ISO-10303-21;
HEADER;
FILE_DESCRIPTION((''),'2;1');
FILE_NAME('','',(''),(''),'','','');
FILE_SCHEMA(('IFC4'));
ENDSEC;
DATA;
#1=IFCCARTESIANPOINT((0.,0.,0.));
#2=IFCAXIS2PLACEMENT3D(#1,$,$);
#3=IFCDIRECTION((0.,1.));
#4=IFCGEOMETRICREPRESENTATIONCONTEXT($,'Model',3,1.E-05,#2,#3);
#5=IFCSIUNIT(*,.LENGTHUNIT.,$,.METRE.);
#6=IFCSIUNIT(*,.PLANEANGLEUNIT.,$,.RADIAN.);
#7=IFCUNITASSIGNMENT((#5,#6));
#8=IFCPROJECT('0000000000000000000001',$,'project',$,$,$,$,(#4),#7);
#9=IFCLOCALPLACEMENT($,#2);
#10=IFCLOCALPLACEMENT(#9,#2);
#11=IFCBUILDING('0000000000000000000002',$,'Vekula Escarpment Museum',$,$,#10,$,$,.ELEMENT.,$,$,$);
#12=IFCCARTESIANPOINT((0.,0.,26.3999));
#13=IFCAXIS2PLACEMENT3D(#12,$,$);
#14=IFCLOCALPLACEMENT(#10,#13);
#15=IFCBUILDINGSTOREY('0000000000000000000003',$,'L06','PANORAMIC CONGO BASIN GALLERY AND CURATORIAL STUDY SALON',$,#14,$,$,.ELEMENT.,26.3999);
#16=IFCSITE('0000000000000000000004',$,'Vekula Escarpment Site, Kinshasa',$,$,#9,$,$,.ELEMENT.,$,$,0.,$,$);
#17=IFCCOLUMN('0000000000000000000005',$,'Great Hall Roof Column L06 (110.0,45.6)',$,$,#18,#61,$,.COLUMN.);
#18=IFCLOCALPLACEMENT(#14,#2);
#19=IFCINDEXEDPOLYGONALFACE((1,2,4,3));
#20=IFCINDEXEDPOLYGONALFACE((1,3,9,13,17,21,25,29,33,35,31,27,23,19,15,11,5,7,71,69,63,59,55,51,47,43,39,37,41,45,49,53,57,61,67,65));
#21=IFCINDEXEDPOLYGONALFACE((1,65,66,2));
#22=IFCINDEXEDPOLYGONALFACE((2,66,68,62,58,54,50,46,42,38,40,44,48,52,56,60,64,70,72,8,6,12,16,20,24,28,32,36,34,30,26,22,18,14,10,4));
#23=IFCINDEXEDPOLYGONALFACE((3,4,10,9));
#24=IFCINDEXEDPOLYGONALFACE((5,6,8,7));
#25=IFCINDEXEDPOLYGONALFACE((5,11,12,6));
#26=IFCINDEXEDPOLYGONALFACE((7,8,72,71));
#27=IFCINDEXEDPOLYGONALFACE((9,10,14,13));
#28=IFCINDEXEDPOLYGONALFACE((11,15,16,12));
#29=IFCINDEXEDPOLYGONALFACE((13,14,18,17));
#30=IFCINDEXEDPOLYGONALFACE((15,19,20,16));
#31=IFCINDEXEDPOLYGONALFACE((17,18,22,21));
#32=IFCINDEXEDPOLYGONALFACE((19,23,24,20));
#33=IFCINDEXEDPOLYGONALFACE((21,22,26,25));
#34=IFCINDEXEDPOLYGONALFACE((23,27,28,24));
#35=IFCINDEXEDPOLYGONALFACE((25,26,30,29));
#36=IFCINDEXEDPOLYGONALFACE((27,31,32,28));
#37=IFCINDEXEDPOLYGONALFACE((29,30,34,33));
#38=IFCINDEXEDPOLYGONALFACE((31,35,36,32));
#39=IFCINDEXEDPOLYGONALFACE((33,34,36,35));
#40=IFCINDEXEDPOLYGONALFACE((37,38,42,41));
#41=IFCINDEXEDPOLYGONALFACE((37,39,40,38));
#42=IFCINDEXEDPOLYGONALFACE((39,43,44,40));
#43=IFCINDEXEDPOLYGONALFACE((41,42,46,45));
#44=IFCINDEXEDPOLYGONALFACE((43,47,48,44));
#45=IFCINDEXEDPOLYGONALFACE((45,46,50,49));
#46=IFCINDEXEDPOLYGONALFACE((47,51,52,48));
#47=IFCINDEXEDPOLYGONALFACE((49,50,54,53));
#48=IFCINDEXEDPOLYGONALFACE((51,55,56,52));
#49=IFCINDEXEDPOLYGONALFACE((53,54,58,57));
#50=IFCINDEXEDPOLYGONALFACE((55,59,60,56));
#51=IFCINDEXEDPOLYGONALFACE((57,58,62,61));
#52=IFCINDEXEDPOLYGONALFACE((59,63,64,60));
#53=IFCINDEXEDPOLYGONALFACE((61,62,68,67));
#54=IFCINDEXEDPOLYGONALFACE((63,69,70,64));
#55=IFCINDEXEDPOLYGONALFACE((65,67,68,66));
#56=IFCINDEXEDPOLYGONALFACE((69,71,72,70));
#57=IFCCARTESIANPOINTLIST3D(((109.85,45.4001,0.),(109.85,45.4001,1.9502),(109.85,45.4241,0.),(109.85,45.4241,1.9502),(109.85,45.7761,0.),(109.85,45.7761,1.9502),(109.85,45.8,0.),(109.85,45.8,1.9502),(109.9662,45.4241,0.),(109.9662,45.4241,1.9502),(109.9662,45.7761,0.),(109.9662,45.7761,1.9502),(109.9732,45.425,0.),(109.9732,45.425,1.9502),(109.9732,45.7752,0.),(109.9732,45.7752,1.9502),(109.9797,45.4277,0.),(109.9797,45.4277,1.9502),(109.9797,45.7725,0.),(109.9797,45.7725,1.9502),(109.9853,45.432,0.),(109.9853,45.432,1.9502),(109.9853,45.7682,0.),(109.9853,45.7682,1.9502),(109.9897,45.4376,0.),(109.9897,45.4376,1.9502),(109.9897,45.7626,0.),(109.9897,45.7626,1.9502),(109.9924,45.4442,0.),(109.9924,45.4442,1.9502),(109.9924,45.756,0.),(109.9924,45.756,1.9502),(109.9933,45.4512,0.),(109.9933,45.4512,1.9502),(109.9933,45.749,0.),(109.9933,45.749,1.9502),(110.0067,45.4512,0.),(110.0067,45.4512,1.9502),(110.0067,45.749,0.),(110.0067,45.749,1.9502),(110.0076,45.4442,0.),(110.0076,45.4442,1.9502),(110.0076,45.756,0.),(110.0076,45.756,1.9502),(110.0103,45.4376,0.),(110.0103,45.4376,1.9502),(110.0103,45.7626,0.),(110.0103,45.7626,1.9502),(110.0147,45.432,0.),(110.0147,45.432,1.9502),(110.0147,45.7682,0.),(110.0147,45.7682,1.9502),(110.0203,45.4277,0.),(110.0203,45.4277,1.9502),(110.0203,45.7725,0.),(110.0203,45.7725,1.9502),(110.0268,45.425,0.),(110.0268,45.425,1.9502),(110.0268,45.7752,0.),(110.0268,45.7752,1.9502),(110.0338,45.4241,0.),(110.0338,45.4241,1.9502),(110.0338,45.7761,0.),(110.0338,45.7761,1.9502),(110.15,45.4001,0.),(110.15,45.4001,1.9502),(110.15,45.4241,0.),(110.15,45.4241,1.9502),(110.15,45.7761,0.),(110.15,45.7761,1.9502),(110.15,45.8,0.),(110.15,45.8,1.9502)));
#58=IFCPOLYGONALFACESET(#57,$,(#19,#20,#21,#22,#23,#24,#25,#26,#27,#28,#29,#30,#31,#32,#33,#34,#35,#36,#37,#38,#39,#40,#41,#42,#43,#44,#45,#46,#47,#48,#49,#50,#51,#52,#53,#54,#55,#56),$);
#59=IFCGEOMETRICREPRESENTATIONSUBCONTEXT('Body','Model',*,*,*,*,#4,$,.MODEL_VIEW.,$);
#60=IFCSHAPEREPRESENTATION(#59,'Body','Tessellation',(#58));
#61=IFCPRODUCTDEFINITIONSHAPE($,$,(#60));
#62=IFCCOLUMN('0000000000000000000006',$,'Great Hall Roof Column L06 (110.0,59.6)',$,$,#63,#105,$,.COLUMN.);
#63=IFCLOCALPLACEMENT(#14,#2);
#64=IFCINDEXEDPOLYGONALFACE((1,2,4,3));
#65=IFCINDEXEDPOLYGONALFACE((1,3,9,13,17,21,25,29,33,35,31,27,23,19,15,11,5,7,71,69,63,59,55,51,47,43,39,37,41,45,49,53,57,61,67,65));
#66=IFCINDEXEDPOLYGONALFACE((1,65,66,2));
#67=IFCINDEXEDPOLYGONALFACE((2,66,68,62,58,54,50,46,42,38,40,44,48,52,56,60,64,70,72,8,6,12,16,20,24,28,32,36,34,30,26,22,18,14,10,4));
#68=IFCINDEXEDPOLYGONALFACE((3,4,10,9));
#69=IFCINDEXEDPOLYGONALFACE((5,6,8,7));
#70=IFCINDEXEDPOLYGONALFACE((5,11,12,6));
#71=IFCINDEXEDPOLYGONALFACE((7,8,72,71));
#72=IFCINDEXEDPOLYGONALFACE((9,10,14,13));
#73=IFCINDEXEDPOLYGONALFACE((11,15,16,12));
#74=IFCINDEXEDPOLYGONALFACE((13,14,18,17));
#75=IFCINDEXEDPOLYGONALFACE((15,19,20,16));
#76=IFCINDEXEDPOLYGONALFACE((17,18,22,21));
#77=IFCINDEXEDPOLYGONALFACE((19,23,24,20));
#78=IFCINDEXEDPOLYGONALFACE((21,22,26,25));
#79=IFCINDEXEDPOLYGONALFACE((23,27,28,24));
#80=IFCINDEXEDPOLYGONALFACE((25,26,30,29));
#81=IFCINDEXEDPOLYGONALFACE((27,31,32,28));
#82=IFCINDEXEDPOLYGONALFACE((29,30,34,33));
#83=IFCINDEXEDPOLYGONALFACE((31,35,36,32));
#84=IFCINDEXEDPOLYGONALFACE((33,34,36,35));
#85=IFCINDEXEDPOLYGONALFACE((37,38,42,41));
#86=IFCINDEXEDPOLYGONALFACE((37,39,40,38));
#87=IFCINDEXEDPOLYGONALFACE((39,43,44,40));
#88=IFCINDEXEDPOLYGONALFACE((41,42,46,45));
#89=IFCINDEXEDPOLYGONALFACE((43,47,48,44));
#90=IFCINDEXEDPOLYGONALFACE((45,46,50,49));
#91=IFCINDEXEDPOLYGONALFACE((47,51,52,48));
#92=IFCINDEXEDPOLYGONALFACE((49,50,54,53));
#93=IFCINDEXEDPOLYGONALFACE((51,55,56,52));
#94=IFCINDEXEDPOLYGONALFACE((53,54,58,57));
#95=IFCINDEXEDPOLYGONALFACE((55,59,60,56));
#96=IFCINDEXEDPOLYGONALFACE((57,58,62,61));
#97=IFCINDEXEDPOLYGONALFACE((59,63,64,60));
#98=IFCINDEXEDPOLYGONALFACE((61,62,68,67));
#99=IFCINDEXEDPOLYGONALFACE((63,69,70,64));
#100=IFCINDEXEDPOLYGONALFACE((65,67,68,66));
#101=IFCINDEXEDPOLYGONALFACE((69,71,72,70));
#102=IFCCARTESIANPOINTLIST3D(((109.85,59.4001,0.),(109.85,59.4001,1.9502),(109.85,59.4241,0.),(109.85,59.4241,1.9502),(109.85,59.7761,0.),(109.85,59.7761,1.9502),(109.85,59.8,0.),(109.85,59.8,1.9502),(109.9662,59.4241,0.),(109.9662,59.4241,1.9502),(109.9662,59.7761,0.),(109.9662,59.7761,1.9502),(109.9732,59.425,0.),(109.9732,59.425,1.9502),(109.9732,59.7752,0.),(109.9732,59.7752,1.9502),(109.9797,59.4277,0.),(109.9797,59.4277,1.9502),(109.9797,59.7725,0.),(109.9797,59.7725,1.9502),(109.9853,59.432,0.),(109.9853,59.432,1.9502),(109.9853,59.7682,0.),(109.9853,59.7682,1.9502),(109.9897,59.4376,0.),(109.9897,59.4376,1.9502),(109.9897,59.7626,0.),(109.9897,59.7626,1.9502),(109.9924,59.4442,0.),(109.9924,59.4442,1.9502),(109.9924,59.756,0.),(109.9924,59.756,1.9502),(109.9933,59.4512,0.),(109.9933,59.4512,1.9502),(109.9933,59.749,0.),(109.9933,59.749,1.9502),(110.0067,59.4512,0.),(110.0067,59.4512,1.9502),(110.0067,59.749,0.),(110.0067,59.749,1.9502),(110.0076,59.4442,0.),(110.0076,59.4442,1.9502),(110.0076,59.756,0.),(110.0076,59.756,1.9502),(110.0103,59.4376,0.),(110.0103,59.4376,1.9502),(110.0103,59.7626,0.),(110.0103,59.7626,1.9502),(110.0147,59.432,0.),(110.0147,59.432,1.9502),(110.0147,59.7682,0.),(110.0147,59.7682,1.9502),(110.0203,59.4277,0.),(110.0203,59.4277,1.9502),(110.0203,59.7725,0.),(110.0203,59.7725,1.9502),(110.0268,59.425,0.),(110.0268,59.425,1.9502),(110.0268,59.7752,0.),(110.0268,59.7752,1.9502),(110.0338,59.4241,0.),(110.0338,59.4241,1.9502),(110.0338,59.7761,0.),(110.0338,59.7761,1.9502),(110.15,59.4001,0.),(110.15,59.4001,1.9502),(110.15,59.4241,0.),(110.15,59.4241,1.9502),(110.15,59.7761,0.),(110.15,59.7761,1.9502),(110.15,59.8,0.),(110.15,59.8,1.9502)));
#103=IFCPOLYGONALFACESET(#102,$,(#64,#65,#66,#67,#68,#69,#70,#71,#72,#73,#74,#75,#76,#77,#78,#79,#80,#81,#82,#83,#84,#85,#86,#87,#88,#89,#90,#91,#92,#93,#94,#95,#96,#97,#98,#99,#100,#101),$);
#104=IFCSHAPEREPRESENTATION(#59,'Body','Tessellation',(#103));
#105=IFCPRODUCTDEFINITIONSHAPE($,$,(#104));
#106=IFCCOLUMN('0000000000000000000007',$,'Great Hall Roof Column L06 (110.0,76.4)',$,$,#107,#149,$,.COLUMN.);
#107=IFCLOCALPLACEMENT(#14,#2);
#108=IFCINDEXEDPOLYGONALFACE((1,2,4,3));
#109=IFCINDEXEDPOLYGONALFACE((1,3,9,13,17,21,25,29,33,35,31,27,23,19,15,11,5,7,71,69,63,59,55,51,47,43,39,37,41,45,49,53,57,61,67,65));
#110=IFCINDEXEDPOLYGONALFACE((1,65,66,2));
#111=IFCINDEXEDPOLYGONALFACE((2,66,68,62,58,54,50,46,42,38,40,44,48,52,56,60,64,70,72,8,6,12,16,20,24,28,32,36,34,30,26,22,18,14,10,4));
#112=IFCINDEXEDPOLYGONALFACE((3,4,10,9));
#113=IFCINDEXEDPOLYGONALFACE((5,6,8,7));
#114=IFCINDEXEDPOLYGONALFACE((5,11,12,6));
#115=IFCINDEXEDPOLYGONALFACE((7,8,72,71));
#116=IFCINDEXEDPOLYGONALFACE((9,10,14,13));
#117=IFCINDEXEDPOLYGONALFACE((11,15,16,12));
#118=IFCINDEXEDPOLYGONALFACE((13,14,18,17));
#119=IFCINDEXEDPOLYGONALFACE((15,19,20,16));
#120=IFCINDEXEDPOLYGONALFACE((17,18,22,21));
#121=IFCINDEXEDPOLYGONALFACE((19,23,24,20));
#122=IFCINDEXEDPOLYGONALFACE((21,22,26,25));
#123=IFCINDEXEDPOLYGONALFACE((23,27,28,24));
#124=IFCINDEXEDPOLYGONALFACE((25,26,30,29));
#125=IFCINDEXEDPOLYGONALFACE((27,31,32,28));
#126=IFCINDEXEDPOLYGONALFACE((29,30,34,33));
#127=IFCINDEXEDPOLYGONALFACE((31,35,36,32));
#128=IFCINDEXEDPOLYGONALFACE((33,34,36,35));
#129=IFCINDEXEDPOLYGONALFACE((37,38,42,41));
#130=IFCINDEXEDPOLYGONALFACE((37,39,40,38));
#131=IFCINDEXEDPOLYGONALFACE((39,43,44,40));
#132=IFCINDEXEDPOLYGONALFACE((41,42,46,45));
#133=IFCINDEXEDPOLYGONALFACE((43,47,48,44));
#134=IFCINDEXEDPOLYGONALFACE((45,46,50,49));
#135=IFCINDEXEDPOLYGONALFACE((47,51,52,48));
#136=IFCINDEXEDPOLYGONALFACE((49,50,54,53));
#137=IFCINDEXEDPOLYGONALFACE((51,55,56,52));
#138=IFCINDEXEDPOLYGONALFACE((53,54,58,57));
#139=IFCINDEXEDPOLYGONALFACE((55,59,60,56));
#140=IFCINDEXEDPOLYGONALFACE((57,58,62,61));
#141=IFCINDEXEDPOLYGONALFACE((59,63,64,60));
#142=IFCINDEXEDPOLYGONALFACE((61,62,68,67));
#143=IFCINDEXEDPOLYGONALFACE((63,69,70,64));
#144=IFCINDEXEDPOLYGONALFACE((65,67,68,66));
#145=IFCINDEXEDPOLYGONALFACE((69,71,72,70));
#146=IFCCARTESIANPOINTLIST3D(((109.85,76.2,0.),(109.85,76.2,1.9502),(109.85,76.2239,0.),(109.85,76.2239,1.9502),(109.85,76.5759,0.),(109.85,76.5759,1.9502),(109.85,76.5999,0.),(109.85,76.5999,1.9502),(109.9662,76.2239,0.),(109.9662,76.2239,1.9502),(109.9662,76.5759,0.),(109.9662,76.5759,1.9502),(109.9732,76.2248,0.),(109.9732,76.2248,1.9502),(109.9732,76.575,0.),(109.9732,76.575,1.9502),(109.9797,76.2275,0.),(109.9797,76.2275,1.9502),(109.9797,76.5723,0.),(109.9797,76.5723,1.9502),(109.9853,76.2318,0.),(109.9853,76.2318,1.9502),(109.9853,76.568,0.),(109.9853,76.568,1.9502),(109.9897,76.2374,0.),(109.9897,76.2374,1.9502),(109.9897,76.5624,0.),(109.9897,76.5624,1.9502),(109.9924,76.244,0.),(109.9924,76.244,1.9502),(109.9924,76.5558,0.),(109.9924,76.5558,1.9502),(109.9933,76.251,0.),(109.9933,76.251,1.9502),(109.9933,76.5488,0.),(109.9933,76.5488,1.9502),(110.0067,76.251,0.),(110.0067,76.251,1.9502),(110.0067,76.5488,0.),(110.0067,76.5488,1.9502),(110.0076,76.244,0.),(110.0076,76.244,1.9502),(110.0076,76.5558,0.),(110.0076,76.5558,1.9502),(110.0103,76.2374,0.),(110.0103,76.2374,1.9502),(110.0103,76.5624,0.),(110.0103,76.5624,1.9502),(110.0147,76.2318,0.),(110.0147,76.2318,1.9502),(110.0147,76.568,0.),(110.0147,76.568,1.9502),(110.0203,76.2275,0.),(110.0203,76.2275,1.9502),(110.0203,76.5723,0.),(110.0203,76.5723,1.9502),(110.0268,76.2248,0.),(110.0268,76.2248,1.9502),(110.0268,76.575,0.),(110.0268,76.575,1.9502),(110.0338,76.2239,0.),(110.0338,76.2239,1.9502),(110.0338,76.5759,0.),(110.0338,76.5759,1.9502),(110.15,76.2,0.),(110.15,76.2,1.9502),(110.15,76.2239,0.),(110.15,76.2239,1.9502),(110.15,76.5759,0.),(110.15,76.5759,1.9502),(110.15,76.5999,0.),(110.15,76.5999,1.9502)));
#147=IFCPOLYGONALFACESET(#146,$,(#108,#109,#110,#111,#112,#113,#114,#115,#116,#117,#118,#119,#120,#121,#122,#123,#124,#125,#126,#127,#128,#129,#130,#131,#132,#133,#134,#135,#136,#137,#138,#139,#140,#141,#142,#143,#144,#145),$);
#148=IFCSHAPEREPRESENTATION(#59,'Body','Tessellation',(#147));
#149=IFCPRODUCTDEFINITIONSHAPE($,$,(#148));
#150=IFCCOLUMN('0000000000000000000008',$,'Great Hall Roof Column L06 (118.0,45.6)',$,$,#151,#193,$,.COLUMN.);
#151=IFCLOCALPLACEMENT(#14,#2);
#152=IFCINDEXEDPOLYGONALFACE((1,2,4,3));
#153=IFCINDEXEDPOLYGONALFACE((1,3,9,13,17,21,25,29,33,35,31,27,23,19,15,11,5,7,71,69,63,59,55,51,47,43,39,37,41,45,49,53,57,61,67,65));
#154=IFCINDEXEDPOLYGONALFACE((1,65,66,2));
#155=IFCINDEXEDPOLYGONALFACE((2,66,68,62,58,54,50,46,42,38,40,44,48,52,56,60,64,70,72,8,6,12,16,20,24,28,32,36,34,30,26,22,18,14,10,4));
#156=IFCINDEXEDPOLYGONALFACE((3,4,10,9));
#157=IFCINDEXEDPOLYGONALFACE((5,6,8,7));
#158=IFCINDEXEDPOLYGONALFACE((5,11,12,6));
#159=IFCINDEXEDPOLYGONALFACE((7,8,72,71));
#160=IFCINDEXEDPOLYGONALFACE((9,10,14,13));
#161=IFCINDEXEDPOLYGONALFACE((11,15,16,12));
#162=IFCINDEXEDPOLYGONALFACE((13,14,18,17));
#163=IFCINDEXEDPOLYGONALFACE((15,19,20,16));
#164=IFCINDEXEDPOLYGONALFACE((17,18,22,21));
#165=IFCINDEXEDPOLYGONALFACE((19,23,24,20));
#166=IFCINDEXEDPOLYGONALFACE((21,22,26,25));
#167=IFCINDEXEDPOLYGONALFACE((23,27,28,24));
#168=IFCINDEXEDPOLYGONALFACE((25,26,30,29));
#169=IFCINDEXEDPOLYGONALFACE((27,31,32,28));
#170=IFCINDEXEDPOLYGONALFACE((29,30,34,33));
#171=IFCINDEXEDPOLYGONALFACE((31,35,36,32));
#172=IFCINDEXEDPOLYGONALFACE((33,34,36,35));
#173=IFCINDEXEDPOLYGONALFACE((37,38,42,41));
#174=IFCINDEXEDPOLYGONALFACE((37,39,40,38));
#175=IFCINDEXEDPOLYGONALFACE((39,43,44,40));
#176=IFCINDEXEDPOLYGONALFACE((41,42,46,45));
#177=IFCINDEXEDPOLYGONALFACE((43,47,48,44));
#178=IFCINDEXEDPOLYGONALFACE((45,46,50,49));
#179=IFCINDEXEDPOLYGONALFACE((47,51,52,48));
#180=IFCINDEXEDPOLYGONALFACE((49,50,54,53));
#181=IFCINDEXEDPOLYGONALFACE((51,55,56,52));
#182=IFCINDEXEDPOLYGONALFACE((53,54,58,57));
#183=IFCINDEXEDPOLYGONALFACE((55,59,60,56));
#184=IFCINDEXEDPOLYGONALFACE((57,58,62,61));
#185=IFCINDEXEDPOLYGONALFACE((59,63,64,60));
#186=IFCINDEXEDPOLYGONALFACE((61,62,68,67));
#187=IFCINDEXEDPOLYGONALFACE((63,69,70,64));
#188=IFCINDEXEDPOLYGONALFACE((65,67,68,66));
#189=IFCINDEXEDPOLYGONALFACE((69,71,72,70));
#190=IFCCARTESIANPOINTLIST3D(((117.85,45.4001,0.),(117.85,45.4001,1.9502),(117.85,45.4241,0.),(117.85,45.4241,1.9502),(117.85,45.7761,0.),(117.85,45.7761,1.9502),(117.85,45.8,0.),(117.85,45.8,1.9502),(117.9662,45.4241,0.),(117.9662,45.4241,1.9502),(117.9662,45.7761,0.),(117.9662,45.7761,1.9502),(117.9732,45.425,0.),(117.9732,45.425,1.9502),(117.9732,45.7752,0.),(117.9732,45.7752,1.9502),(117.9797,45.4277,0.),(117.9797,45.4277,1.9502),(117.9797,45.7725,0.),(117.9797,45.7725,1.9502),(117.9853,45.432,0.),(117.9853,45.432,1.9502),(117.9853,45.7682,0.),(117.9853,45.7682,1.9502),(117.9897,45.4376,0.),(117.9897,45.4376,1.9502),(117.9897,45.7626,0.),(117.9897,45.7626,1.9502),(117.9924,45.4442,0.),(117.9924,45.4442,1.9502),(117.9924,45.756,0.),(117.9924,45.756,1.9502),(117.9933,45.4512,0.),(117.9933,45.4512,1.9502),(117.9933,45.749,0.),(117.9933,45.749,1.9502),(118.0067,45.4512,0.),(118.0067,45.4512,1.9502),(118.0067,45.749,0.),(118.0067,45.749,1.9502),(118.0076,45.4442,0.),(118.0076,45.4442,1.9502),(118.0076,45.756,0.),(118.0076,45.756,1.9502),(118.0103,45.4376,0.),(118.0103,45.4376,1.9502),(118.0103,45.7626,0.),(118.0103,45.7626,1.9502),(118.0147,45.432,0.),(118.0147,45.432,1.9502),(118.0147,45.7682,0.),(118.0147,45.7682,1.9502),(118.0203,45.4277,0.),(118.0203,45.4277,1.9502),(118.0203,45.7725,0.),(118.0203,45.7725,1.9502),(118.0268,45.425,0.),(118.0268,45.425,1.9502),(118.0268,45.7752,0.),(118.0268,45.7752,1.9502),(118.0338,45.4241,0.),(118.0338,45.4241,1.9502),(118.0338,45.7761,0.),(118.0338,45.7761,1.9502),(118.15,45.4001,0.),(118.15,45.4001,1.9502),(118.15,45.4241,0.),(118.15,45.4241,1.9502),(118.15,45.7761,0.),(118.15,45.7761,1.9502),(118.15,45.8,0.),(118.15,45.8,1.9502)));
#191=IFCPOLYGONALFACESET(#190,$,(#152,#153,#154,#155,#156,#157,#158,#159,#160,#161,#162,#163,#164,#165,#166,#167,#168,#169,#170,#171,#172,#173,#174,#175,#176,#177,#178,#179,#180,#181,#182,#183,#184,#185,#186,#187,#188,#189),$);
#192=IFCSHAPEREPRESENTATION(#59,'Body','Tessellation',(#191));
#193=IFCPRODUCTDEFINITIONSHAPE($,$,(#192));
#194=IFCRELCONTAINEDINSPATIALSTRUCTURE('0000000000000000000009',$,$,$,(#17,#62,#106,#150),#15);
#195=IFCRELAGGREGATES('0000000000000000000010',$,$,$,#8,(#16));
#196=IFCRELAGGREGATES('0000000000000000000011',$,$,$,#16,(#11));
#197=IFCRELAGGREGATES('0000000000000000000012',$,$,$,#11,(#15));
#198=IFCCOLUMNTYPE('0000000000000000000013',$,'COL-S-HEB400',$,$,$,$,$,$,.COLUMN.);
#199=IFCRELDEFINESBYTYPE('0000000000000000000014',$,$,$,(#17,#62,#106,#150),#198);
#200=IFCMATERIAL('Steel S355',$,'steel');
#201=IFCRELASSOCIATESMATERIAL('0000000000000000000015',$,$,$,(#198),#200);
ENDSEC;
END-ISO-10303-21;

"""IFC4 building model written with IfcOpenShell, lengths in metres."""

from ifc_helpers import new_model, si_unit, direction, frame, origin, origin_2d, place, context, subcontext, project, spatial, i_section, extrude, material, material_profile, profile_set, type_object, element, save


model = new_model("IFC4")

# Units and contexts
model_context = context("Model", 3, precision=1e-05, world=origin(), true_north=direction((0.0, 1.0)))
body_context = subcontext(model_context, "Body", "Model", "MODEL_VIEW")
ifc_project = project(units=[si_unit("LENGTHUNIT", "METRE"), si_unit("PLANEANGLEUNIT", "RADIAN")], contexts=[model_context])

# Site, building, storey
site_placement = place(None, origin())
site = spatial("IfcSite", under=ifc_project, at=site_placement, Name="Vekula Escarpment Site, Kinshasa", CompositionType="ELEMENT", RefElevation=0.0)
building_placement = place(site_placement, origin())
building = spatial("IfcBuilding", under=site, at=building_placement, Name="Vekula Escarpment Museum", CompositionType="ELEMENT")
storey_placement = place(building_placement, frame((0.0, 0.0, 26.3999)))
storey = spatial("IfcBuildingStorey", under=building, at=storey_placement, Name="L06", Description="PANORAMIC CONGO BASIN GALLERY AND CURATORIAL STUDY SALON", CompositionType="ELEMENT", Elevation=26.3999)

# Columns
ifc_material_1 = material(Name="Steel S355", Category="steel")
ifc_material_profile_1 = material_profile(ifc_material_1, i_section(OverallWidth=0.3, OverallDepth=0.3999, WebThickness=0.0134, FlangeThickness=0.0239, FilletRadius=0.0271, at=origin_2d()), Name="HEB 400")
ifc_profile_set_1 = profile_set([ifc_material_profile_1], Name="Steel S355")
column_type = type_object("IfcColumnType", Name="COL-S-HEB400", PredefinedType="COLUMN", material=ifc_profile_set_1)
for number, where, z_axis, x_axis, name in (
    (1, (110.0, 45.6001, 0.0), (0.0, 0.0, 1.0), (1.0, 0.0, 0.0), "Great Hall Roof Column L06 (110.0,45.6)"),
    (2, (110.0, 59.6001, 0.0), (0.0, 0.0, 1.0), (1.0, 0.0, 0.0), "Great Hall Roof Column L06 (110.0,59.6)"),
    (3, (110.0, 76.3999, 0.0), (0.0, 0.0, 1.0), (1.0, 0.0, 0.0), "Great Hall Roof Column L06 (110.0,76.4)"),
    (4, (118.0, 45.6001, 0.0), (0.0, 0.0, 1.0), (1.0, 0.0, 0.0), "Great Hall Roof Column L06 (118.0,45.6)"),
):
    element("IfcColumn", number, at=place(storey_placement, frame(where, z_axis=z_axis, x_axis=x_axis)), inside=storey, type_object=column_type, Name=name, PredefinedType="COLUMN", context=body_context, shape_type="SweptSolid", body=[
        extrude(i_section(OverallWidth=0.3, OverallDepth=0.3999, WebThickness=0.0134, FlangeThickness=0.0239, FilletRadius=0.0271, at=origin_2d()), origin(), (0.0, 0.0, 1.0), 1.9502),
    ])

save(model, "model.ifc")
